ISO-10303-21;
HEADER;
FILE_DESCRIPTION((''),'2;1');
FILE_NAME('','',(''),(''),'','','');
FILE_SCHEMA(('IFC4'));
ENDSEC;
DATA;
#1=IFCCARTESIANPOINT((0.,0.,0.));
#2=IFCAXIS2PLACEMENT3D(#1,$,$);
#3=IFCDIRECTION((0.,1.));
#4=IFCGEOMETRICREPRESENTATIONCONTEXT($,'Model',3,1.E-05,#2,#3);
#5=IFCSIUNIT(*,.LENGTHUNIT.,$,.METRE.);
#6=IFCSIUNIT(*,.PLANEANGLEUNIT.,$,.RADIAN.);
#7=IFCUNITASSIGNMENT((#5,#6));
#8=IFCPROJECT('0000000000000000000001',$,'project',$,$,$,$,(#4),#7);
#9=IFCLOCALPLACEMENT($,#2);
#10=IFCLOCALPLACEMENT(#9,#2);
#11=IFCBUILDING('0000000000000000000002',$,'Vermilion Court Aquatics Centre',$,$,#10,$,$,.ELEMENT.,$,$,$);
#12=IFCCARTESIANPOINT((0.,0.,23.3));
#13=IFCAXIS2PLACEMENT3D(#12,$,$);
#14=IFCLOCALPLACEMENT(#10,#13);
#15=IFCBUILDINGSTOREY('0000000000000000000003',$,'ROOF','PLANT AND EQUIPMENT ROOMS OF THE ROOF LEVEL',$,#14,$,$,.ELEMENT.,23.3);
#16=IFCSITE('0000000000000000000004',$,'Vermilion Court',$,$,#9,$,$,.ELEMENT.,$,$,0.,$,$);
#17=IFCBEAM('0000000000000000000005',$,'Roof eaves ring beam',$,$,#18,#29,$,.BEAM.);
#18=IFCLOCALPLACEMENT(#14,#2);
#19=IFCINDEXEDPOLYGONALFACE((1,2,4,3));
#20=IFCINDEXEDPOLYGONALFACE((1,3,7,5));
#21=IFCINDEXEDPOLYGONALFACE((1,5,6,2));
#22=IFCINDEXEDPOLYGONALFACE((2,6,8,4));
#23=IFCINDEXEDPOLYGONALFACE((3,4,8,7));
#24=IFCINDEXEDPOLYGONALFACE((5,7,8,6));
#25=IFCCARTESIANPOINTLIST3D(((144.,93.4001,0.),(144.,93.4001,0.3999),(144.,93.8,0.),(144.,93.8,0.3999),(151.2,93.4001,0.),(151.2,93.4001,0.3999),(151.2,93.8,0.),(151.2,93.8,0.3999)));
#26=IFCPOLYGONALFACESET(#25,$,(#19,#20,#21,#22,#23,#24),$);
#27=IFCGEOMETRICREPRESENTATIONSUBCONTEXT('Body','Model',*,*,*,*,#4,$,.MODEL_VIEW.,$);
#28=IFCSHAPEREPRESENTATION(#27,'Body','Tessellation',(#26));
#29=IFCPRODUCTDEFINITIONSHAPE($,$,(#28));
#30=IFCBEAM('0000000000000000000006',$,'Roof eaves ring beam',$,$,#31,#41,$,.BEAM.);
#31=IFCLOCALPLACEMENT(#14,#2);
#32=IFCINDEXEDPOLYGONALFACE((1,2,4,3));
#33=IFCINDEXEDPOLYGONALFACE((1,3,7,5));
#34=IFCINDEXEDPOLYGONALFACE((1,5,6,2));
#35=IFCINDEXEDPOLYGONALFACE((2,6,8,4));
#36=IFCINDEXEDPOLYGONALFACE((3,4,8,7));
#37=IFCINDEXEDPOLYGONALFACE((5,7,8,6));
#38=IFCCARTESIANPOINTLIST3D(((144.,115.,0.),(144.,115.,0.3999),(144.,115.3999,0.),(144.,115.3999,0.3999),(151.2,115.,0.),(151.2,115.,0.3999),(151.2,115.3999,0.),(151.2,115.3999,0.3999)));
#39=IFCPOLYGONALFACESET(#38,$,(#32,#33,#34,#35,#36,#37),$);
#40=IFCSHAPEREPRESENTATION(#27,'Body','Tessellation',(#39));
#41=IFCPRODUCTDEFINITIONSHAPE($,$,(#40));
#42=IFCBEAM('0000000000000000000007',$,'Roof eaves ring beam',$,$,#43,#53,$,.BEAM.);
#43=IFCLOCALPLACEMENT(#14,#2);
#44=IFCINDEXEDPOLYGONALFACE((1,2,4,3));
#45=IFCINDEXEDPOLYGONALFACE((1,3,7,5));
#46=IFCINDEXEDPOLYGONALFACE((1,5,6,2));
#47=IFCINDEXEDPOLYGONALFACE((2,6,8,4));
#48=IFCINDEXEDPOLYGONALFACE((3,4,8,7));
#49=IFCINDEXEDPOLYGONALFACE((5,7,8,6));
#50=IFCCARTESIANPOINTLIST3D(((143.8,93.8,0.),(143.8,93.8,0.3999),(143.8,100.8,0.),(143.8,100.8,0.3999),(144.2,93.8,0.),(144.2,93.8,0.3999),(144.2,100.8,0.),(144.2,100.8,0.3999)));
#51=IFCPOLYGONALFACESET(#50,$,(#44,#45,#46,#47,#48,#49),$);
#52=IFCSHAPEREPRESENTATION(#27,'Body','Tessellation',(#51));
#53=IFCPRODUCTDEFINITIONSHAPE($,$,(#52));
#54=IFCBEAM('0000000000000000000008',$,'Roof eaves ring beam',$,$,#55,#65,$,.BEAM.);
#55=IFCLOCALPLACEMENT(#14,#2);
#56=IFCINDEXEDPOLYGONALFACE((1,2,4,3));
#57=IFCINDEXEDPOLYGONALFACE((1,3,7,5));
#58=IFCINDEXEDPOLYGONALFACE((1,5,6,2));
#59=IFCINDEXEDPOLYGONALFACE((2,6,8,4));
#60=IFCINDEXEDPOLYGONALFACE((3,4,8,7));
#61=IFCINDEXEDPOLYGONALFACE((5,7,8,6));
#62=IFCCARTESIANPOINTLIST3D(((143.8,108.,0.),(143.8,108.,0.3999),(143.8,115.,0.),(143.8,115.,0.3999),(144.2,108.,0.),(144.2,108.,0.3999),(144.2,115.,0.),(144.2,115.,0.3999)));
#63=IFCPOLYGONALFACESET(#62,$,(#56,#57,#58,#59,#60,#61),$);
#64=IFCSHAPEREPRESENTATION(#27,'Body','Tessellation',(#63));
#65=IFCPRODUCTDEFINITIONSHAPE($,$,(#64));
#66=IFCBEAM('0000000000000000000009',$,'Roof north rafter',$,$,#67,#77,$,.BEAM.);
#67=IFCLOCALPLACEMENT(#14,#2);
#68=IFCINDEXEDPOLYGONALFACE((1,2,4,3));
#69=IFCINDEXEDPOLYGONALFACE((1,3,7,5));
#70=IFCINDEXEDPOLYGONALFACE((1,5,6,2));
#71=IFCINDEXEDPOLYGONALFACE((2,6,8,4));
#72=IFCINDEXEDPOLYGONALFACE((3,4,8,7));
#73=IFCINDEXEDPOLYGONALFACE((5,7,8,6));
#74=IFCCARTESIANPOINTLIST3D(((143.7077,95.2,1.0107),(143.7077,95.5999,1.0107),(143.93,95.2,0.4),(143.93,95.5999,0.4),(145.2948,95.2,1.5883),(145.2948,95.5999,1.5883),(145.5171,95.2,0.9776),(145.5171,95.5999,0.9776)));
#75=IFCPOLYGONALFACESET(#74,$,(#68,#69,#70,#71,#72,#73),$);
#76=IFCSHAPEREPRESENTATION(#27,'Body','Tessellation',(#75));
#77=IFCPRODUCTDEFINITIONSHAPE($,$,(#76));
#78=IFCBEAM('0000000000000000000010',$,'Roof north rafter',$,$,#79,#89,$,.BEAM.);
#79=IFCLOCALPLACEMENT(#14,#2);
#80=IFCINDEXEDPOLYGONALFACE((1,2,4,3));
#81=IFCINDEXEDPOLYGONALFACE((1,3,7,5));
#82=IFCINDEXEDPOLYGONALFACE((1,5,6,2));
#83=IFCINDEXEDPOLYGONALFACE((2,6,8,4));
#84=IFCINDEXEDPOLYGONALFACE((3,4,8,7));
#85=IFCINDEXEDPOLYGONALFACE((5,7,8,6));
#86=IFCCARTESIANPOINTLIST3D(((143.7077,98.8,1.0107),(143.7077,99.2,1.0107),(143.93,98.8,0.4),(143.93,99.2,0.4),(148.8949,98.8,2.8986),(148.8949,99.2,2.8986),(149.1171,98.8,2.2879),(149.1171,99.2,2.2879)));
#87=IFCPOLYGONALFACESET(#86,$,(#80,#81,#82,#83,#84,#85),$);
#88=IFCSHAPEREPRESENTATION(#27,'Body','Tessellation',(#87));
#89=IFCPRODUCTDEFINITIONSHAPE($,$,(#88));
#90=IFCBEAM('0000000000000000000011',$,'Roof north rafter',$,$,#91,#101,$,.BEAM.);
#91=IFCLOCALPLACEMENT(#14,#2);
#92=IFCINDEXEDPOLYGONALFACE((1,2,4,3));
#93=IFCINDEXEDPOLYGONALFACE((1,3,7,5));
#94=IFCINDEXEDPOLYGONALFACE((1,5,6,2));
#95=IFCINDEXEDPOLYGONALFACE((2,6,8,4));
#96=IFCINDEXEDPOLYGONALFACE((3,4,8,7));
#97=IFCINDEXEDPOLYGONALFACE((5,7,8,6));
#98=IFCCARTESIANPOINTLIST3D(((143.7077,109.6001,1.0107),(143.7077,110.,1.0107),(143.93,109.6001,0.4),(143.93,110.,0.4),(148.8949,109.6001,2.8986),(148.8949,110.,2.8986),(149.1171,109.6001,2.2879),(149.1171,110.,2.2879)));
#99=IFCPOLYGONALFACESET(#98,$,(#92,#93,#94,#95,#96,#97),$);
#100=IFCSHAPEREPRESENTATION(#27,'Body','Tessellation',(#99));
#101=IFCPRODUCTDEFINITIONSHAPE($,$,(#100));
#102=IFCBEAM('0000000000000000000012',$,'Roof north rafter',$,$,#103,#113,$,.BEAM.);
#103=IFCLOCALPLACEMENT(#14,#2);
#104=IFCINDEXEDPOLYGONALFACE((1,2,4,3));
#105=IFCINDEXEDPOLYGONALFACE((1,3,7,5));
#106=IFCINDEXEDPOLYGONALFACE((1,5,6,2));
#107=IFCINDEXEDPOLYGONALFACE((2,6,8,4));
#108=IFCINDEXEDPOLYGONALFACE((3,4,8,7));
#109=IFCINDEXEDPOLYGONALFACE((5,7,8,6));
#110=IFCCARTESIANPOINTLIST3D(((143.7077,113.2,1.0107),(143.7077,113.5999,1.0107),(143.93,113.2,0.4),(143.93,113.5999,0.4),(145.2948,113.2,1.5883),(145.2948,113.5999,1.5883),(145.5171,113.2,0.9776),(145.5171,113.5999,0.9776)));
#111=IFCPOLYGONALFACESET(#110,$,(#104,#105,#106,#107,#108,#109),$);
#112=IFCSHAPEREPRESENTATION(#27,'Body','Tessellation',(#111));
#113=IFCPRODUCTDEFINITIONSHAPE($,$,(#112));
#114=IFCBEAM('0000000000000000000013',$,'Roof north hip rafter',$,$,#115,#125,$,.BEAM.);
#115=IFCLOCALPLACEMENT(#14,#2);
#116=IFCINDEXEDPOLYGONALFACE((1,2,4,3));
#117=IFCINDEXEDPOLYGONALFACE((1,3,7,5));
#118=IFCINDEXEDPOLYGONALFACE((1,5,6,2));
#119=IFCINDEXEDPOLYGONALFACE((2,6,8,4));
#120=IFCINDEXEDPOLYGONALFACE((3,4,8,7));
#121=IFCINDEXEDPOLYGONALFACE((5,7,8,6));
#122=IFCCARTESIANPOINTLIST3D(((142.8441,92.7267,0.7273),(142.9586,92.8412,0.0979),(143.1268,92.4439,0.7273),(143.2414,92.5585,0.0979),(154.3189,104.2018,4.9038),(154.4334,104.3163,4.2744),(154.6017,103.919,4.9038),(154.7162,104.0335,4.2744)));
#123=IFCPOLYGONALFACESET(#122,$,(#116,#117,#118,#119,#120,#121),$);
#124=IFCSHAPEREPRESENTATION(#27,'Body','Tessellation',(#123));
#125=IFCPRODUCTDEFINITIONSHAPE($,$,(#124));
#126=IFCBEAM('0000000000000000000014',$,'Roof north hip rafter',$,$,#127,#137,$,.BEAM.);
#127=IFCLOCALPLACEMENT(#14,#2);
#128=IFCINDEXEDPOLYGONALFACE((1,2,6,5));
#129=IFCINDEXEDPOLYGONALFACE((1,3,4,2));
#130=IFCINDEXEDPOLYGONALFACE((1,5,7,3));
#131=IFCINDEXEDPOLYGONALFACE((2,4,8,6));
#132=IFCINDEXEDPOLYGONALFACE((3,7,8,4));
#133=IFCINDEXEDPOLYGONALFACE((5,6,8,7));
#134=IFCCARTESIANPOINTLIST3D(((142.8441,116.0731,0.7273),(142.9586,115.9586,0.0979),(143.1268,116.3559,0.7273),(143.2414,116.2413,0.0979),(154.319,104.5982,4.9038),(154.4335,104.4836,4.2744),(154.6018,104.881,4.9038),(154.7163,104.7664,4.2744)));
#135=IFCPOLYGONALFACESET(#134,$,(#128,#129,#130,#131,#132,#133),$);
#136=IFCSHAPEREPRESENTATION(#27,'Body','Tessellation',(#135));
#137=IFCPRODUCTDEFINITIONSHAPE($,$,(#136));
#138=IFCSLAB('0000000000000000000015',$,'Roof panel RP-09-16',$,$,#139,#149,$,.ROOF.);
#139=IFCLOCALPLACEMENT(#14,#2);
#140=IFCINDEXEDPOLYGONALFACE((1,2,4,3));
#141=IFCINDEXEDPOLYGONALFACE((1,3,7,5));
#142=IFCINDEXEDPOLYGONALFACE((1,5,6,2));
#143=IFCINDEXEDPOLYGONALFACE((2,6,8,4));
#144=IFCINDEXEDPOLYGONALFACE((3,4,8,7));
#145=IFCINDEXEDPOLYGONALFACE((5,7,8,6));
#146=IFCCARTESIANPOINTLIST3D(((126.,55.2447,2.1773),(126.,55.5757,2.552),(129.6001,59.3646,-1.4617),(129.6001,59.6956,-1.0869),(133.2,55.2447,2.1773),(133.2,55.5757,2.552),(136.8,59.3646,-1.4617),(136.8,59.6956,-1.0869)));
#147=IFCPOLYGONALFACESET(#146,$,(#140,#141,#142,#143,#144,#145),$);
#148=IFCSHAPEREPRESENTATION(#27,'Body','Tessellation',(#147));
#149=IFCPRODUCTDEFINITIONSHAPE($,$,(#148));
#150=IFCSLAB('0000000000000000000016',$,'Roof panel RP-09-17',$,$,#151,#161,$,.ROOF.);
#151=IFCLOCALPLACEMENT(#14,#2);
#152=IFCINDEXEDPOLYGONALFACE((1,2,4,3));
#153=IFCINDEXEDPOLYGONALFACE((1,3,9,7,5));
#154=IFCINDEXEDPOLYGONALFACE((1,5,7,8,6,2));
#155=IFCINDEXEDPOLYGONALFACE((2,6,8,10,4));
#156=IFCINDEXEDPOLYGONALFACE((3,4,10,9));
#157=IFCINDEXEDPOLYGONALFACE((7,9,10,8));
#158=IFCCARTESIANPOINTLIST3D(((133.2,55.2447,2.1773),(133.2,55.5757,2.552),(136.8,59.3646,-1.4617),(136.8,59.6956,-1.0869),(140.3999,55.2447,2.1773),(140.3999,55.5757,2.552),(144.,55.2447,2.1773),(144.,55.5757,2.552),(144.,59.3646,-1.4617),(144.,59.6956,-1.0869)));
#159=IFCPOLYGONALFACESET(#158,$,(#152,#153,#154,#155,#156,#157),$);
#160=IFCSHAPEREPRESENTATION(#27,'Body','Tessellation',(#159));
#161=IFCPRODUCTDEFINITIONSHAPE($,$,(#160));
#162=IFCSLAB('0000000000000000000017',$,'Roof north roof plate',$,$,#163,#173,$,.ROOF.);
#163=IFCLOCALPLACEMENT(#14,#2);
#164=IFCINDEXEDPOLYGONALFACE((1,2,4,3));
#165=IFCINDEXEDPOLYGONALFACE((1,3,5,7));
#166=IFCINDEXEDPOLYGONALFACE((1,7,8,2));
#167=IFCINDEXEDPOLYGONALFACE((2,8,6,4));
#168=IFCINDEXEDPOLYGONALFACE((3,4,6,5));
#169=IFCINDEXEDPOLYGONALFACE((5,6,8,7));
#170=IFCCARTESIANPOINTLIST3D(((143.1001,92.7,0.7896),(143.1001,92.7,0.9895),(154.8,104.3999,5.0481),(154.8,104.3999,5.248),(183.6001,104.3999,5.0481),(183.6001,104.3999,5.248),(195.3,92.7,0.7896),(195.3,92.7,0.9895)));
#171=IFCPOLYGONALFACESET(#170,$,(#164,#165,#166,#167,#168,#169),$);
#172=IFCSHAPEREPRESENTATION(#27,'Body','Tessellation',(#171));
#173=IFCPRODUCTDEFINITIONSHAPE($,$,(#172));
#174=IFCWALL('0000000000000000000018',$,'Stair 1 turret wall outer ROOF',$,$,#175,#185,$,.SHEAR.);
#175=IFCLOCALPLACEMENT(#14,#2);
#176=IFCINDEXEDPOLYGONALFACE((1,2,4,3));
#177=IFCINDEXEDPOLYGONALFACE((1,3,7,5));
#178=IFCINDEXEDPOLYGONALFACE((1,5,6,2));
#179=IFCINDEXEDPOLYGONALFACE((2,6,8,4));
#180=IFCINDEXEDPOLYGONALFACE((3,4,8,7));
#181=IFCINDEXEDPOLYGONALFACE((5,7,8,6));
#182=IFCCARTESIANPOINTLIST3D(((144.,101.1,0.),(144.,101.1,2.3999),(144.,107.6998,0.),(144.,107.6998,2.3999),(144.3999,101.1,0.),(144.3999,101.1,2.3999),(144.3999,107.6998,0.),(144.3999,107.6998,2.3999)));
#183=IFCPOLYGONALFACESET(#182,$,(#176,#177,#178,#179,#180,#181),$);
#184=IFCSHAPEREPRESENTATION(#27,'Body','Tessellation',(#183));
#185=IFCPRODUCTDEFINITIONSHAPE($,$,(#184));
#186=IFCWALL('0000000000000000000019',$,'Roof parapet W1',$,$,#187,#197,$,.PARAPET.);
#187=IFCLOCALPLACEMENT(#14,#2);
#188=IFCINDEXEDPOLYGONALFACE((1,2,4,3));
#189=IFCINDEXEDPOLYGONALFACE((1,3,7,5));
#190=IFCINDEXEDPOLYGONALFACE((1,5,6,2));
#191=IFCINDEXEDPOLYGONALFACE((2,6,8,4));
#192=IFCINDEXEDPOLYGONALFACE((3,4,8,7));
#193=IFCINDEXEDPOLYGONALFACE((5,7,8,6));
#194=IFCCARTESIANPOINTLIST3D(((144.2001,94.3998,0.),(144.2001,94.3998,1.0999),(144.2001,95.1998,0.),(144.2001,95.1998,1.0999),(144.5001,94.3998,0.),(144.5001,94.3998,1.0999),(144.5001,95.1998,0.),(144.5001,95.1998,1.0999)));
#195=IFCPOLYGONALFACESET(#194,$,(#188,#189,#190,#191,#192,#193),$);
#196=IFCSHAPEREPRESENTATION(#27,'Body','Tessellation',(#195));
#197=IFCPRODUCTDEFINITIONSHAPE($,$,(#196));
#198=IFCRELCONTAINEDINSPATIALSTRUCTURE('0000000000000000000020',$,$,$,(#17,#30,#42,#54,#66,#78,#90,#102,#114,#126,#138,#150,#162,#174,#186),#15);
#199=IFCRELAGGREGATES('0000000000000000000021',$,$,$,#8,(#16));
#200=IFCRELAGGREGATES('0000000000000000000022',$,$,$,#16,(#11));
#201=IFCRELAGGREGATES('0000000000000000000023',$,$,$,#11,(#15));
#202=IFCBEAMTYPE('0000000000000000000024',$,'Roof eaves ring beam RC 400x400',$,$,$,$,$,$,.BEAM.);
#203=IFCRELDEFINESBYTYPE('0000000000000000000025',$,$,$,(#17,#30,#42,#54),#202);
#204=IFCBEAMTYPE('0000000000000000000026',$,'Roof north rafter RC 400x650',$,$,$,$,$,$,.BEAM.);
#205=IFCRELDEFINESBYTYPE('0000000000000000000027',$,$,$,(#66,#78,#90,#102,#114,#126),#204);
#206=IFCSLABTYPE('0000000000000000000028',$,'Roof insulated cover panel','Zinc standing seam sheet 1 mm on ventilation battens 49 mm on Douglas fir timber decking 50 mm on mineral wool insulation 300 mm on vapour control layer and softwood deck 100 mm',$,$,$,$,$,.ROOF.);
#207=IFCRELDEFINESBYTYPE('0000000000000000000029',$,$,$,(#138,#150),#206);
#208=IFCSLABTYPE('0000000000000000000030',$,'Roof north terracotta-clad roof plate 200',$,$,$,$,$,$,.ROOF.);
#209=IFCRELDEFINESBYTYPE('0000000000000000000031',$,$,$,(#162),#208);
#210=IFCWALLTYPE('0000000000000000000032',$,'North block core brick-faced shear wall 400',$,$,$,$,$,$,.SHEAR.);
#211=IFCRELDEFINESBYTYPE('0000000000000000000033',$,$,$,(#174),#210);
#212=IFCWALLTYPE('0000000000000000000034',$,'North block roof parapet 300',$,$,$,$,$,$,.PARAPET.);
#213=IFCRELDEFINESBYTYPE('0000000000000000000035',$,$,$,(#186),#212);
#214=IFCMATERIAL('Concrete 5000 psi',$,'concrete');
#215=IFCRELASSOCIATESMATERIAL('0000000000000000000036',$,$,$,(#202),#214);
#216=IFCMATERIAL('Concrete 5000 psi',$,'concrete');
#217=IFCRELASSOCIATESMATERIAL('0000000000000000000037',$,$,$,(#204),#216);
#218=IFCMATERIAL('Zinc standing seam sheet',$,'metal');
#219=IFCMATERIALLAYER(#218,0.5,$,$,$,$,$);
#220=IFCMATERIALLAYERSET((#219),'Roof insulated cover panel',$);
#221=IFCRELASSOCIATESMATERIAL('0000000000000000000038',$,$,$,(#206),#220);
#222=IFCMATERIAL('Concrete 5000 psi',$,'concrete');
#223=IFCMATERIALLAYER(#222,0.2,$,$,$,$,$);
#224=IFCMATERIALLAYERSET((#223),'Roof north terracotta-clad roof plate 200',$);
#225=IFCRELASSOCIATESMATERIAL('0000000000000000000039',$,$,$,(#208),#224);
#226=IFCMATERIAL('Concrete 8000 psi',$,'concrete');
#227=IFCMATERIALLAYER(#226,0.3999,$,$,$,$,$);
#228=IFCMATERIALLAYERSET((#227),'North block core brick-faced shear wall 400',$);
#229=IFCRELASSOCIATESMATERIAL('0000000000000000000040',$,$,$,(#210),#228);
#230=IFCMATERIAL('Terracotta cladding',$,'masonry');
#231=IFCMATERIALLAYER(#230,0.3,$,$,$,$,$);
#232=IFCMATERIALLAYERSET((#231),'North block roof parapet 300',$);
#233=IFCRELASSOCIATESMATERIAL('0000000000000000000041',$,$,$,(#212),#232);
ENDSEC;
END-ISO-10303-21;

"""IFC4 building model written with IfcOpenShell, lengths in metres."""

from ifc_helpers import new_model, si_unit, direction, frame, frame_2d, origin, origin_2d, place, context, subcontext, project, spatial, polyline, rectangle, outline, extrude, material, layer, layer_set, material_profile, profile_set, type_object, element, save


model = new_model("IFC4")

# Units and contexts
model_context = context("Model", 3, precision=1e-05, world=origin(), true_north=direction((0.0, 1.0)))
body_context = subcontext(model_context, "Body", "Model", "MODEL_VIEW")
ifc_project = project(units=[si_unit("LENGTHUNIT", "METRE"), si_unit("PLANEANGLEUNIT", "RADIAN")], contexts=[model_context])

# Site, building, storey
site_placement = place(None, origin())
site = spatial("IfcSite", under=ifc_project, at=site_placement, Name="Vermilion Court", CompositionType="ELEMENT", RefElevation=0.0)
building_placement = place(site_placement, origin())
building = spatial("IfcBuilding", under=site, at=building_placement, Name="Vermilion Court Aquatics Centre", CompositionType="ELEMENT")
storey_placement = place(building_placement, frame((0.0, 0.0, 23.3)))
storey = spatial("IfcBuildingStorey", under=building, at=storey_placement, Name="ROOF", Description="PLANT AND EQUIPMENT ROOMS OF THE ROOF LEVEL", CompositionType="ELEMENT", Elevation=23.3)

# Beams
ifc_material_1 = material(Name="Concrete 5000 psi", Category="concrete")
ifc_material_profile_1 = material_profile(ifc_material_1, rectangle(XDim=0.3999, YDim=0.3999, at=origin_2d()), Name="RC 400x400")
ifc_profile_set_1 = profile_set([ifc_material_profile_1], Name="Concrete 5000 psi")
beam_type_1 = type_object("IfcBeamType", Name="Roof eaves ring beam RC 400x400", PredefinedType="BEAM", material=ifc_profile_set_1)
for number, where, z_axis, x_axis, name in (
    (1, (144.0, 93.6001, 0.2), (1.0, 0.0, 0.0), (0.0, 1.0, 0.0), "Roof eaves ring beam"),
    (2, (144.0, 115.2, 0.2), (1.0, 0.0, 0.0), (0.0, 1.0, 0.0), "Roof eaves ring beam"),
):
    element("IfcBeam", number, at=place(storey_placement, frame(where, z_axis=z_axis, x_axis=x_axis)), inside=storey, type_object=beam_type_1, Name=name, PredefinedType="BEAM", context=body_context, shape_type="SweptSolid", body=[
        extrude(rectangle(XDim=0.3999, YDim=0.3999, at=origin_2d()), origin(), (0.0, 0.0, 1.0), 7.2),
    ])
for number, where, z_axis, x_axis, name in (
    (3, (144.0, 93.8, 0.2), (0.0, 1.0, 0.0), (-1.0, 0.0, 0.0), "Roof eaves ring beam"),
    (4, (144.0, 108.0, 0.2), (0.0, 1.0, 0.0), (-1.0, 0.0, 0.0), "Roof eaves ring beam"),
):
    element("IfcBeam", number, at=place(storey_placement, frame(where, z_axis=z_axis, x_axis=x_axis)), inside=storey, type_object=beam_type_1, Name=name, PredefinedType="BEAM", context=body_context, shape_type="SweptSolid", body=[
        extrude(rectangle(XDim=0.3999, YDim=0.3999, at=origin_2d()), origin(), (0.0, 0.0, 1.0), 7.0),
    ])
ifc_material_2 = material(Name="Concrete 5000 psi", Category="concrete")
ifc_material_profile_2 = material_profile(ifc_material_2, rectangle(XDim=0.3999, YDim=0.6499, at=origin_2d()), Name="RC 400x650")
ifc_profile_set_2 = profile_set([ifc_material_profile_2], Name="Concrete 5000 psi")
beam_type_2 = type_object("IfcBeamType", Name="Roof north rafter RC 400x650", PredefinedType="BEAM", material=ifc_profile_set_2)
beam_1_placement = place(storey_placement, frame((143.8188, 95.3999, 0.7053), z_axis=(0.939701, 0.0, 0.341998), x_axis=(0.0, 1.0, 0.0)))
element("IfcBeam", 5, at=beam_1_placement, inside=storey, type_object=beam_type_2, Name="Roof north rafter", PredefinedType="BEAM", context=body_context, shape_type="SweptSolid", body=[
    extrude(rectangle(XDim=0.3999, YDim=0.6499, at=origin_2d()), origin(), (0.0, 0.0, 1.0), 1.689),
])
for number, where, z_axis, x_axis, name in (
    (6, (143.8188, 99.0, 0.7053), (0.939697, 0.0, 0.342009), (0.0, 1.0, 0.0), "Roof north rafter"),
    (7, (143.8188, 109.8, 0.7053), (0.939697, 0.0, 0.342009), (0.0, 1.0, 0.0), "Roof north rafter"),
):
    element("IfcBeam", number, at=place(storey_placement, frame(where, z_axis=z_axis, x_axis=x_axis)), inside=storey, type_object=beam_type_2, Name=name, PredefinedType="BEAM", context=body_context, shape_type="SweptSolid", body=[
        extrude(rectangle(XDim=0.3999, YDim=0.6499, at=origin_2d()), origin(), (0.0, 0.0, 1.0), 5.52),
    ])
beam_2_placement = place(storey_placement, frame((143.8188, 113.3999, 0.7053), z_axis=(0.939701, 0.0, 0.341998), x_axis=(0.0, 1.0, 0.0)))
element("IfcBeam", 8, at=beam_2_placement, inside=storey, type_object=beam_type_2, Name="Roof north rafter", PredefinedType="BEAM", context=body_context, shape_type="SweptSolid", body=[
    extrude(rectangle(XDim=0.3999, YDim=0.6499, at=origin_2d()), origin(), (0.0, 0.0, 1.0), 1.689),
])
for number, where, z_axis, x_axis, name in (
    (9, (143.0427, 92.6426, 0.4126), (0.684784, 0.684799, 0.249242), (-0.707114, 0.707099, 0.0), "Roof north hip rafter"),
    (10, (143.0427, 116.1572, 0.4126), (0.684791, -0.684791, 0.249244), (0.707107, 0.707107, 0.0), "Roof north hip rafter"),
):
    element("IfcBeam", number, at=place(storey_placement, frame(where, z_axis=z_axis, x_axis=x_axis)), inside=storey, type_object=beam_type_2, Name=name, PredefinedType="BEAM", context=body_context, shape_type="SweptSolid", body=[
        extrude(rectangle(XDim=0.3999, YDim=0.6499, at=origin_2d()), origin(), (0.0, 0.0, 1.0), 16.7568),
    ])

# Slabs
ifc_material_3 = material(Name="Zinc standing seam sheet", Category="metal")
ifc_layer_1 = layer(ifc_material_3, 0.5)
ifc_layer_set_1 = layer_set([ifc_layer_1], Name="Roof insulated cover panel")
slab_type_1 = type_object("IfcSlabType", Name="Roof insulated cover panel", Description="Zinc standing seam sheet 1 mm on ventilation battens 49 mm on Douglas fir timber decking 50 mm on mineral wool insulation 300 mm on vapour control layer and softwood deck 100 mm", PredefinedType="ROOF", material=ifc_layer_set_1)
slab_1_placement = place(storey_placement, frame((126.0, 55.5757, 2.552), z_axis=(0.0, 0.662003, 0.749501), x_axis=(1.0, 0.0, 0.0)))
element("IfcSlab", 11, at=slab_1_placement, inside=storey, type_object=slab_type_1, Name="Roof panel RP-09-16", PredefinedType="ROOF", context=body_context, shape_type="SweptSolid", body=[
    extrude(outline(polyline([(0.0, 0.0), (7.2, 0.0), (10.8, 5.4968), (3.6001, 5.4968), (0.0, 0.0)])), origin(), (0.0, 0.0, -1.0), 0.5),
])
slab_2_placement = place(storey_placement, frame((133.2, 55.5757, 2.552), z_axis=(0.0, 0.662003, 0.749501), x_axis=(1.0, 0.0, 0.0)))
element("IfcSlab", 12, at=slab_2_placement, inside=storey, type_object=slab_type_1, Name="Roof panel RP-09-17", PredefinedType="ROOF", context=body_context, shape_type="SweptSolid", body=[
    extrude(outline(polyline([(0.0, 0.0), (7.2, 0.0), (10.8, 0.0), (10.8, 5.4968), (3.6001, 5.4968), (0.0, 0.0)])), origin(), (0.0, 0.0, -1.0), 0.5),
])
ifc_material_4 = material(Name="Concrete 5000 psi", Category="concrete")
ifc_layer_2 = layer(ifc_material_4, 0.2)
ifc_layer_set_2 = layer_set([ifc_layer_2], Name="Roof north terracotta-clad roof plate 200")
slab_type_2 = type_object("IfcSlabType", Name="Roof north terracotta-clad roof plate 200", PredefinedType="ROOF", material=ifc_layer_set_2)
slab_3_placement = place(storey_placement, frame((143.1001, 92.7, 0.9895), z_axis=(0.0, -0.342028, 0.93969), x_axis=(1.0, 0.0, 0.0)))
element("IfcSlab", 13, at=slab_3_placement, inside=storey, type_object=slab_type_2, Name="Roof north roof plate", PredefinedType="ROOF", context=body_context, shape_type="SweptSolid", body=[
    extrude(outline(polyline([(0.0, 0.0), (52.2, 0.0), (40.5, 12.4509), (11.7, 12.4509), (0.0, 0.0)])), origin(), (0.0, -0.342028, -0.93969), 0.2),
])

# Walls
ifc_material_5 = material(Name="Concrete 8000 psi", Category="concrete")
ifc_layer_3 = layer(ifc_material_5, 0.3999)
ifc_layer_set_3 = layer_set([ifc_layer_3], Name="North block core brick-faced shear wall 400")
wall_type_1 = type_object("IfcWallType", Name="North block core brick-faced shear wall 400", PredefinedType="SHEAR", material=ifc_layer_set_3)
wall_1_placement = place(storey_placement, frame((144.2, 101.1001, 0.0), z_axis=(0.0, 0.0, 1.0), x_axis=(0.0, 1.0, 0.0)))
element("IfcWall", 14, at=wall_1_placement, inside=storey, type_object=wall_type_1, Name="Stair 1 turret wall outer ROOF", PredefinedType="SHEAR", context=body_context, shape_type="SweptSolid", body=[
    extrude(rectangle(XDim=6.5999, YDim=0.3999, at=frame_2d((3.2998, 0.0))), origin(), (0.0, 0.0, 1.0), 2.3999),
])
ifc_material_6 = material(Name="Terracotta cladding", Category="masonry")
ifc_layer_4 = layer(ifc_material_6, 0.3)
ifc_layer_set_4 = layer_set([ifc_layer_4], Name="North block roof parapet 300")
wall_type_2 = type_object("IfcWallType", Name="North block roof parapet 300", PredefinedType="PARAPET", material=ifc_layer_set_4)
wall_2_placement = place(storey_placement, frame((144.3501, 94.3999, 0.0), z_axis=(0.0, 0.0, 1.0), x_axis=(0.0, 1.0, 0.0)))
element("IfcWall", 15, at=wall_2_placement, inside=storey, type_object=wall_type_2, Name="Roof parapet W1", PredefinedType="PARAPET", context=body_context, shape_type="SweptSolid", body=[
    extrude(rectangle(XDim=0.8, YDim=0.3, at=frame_2d((0.3999, 0.0))), origin(), (0.0, 0.0, 1.0), 1.0999),
])

save(model, "model.ifc")
